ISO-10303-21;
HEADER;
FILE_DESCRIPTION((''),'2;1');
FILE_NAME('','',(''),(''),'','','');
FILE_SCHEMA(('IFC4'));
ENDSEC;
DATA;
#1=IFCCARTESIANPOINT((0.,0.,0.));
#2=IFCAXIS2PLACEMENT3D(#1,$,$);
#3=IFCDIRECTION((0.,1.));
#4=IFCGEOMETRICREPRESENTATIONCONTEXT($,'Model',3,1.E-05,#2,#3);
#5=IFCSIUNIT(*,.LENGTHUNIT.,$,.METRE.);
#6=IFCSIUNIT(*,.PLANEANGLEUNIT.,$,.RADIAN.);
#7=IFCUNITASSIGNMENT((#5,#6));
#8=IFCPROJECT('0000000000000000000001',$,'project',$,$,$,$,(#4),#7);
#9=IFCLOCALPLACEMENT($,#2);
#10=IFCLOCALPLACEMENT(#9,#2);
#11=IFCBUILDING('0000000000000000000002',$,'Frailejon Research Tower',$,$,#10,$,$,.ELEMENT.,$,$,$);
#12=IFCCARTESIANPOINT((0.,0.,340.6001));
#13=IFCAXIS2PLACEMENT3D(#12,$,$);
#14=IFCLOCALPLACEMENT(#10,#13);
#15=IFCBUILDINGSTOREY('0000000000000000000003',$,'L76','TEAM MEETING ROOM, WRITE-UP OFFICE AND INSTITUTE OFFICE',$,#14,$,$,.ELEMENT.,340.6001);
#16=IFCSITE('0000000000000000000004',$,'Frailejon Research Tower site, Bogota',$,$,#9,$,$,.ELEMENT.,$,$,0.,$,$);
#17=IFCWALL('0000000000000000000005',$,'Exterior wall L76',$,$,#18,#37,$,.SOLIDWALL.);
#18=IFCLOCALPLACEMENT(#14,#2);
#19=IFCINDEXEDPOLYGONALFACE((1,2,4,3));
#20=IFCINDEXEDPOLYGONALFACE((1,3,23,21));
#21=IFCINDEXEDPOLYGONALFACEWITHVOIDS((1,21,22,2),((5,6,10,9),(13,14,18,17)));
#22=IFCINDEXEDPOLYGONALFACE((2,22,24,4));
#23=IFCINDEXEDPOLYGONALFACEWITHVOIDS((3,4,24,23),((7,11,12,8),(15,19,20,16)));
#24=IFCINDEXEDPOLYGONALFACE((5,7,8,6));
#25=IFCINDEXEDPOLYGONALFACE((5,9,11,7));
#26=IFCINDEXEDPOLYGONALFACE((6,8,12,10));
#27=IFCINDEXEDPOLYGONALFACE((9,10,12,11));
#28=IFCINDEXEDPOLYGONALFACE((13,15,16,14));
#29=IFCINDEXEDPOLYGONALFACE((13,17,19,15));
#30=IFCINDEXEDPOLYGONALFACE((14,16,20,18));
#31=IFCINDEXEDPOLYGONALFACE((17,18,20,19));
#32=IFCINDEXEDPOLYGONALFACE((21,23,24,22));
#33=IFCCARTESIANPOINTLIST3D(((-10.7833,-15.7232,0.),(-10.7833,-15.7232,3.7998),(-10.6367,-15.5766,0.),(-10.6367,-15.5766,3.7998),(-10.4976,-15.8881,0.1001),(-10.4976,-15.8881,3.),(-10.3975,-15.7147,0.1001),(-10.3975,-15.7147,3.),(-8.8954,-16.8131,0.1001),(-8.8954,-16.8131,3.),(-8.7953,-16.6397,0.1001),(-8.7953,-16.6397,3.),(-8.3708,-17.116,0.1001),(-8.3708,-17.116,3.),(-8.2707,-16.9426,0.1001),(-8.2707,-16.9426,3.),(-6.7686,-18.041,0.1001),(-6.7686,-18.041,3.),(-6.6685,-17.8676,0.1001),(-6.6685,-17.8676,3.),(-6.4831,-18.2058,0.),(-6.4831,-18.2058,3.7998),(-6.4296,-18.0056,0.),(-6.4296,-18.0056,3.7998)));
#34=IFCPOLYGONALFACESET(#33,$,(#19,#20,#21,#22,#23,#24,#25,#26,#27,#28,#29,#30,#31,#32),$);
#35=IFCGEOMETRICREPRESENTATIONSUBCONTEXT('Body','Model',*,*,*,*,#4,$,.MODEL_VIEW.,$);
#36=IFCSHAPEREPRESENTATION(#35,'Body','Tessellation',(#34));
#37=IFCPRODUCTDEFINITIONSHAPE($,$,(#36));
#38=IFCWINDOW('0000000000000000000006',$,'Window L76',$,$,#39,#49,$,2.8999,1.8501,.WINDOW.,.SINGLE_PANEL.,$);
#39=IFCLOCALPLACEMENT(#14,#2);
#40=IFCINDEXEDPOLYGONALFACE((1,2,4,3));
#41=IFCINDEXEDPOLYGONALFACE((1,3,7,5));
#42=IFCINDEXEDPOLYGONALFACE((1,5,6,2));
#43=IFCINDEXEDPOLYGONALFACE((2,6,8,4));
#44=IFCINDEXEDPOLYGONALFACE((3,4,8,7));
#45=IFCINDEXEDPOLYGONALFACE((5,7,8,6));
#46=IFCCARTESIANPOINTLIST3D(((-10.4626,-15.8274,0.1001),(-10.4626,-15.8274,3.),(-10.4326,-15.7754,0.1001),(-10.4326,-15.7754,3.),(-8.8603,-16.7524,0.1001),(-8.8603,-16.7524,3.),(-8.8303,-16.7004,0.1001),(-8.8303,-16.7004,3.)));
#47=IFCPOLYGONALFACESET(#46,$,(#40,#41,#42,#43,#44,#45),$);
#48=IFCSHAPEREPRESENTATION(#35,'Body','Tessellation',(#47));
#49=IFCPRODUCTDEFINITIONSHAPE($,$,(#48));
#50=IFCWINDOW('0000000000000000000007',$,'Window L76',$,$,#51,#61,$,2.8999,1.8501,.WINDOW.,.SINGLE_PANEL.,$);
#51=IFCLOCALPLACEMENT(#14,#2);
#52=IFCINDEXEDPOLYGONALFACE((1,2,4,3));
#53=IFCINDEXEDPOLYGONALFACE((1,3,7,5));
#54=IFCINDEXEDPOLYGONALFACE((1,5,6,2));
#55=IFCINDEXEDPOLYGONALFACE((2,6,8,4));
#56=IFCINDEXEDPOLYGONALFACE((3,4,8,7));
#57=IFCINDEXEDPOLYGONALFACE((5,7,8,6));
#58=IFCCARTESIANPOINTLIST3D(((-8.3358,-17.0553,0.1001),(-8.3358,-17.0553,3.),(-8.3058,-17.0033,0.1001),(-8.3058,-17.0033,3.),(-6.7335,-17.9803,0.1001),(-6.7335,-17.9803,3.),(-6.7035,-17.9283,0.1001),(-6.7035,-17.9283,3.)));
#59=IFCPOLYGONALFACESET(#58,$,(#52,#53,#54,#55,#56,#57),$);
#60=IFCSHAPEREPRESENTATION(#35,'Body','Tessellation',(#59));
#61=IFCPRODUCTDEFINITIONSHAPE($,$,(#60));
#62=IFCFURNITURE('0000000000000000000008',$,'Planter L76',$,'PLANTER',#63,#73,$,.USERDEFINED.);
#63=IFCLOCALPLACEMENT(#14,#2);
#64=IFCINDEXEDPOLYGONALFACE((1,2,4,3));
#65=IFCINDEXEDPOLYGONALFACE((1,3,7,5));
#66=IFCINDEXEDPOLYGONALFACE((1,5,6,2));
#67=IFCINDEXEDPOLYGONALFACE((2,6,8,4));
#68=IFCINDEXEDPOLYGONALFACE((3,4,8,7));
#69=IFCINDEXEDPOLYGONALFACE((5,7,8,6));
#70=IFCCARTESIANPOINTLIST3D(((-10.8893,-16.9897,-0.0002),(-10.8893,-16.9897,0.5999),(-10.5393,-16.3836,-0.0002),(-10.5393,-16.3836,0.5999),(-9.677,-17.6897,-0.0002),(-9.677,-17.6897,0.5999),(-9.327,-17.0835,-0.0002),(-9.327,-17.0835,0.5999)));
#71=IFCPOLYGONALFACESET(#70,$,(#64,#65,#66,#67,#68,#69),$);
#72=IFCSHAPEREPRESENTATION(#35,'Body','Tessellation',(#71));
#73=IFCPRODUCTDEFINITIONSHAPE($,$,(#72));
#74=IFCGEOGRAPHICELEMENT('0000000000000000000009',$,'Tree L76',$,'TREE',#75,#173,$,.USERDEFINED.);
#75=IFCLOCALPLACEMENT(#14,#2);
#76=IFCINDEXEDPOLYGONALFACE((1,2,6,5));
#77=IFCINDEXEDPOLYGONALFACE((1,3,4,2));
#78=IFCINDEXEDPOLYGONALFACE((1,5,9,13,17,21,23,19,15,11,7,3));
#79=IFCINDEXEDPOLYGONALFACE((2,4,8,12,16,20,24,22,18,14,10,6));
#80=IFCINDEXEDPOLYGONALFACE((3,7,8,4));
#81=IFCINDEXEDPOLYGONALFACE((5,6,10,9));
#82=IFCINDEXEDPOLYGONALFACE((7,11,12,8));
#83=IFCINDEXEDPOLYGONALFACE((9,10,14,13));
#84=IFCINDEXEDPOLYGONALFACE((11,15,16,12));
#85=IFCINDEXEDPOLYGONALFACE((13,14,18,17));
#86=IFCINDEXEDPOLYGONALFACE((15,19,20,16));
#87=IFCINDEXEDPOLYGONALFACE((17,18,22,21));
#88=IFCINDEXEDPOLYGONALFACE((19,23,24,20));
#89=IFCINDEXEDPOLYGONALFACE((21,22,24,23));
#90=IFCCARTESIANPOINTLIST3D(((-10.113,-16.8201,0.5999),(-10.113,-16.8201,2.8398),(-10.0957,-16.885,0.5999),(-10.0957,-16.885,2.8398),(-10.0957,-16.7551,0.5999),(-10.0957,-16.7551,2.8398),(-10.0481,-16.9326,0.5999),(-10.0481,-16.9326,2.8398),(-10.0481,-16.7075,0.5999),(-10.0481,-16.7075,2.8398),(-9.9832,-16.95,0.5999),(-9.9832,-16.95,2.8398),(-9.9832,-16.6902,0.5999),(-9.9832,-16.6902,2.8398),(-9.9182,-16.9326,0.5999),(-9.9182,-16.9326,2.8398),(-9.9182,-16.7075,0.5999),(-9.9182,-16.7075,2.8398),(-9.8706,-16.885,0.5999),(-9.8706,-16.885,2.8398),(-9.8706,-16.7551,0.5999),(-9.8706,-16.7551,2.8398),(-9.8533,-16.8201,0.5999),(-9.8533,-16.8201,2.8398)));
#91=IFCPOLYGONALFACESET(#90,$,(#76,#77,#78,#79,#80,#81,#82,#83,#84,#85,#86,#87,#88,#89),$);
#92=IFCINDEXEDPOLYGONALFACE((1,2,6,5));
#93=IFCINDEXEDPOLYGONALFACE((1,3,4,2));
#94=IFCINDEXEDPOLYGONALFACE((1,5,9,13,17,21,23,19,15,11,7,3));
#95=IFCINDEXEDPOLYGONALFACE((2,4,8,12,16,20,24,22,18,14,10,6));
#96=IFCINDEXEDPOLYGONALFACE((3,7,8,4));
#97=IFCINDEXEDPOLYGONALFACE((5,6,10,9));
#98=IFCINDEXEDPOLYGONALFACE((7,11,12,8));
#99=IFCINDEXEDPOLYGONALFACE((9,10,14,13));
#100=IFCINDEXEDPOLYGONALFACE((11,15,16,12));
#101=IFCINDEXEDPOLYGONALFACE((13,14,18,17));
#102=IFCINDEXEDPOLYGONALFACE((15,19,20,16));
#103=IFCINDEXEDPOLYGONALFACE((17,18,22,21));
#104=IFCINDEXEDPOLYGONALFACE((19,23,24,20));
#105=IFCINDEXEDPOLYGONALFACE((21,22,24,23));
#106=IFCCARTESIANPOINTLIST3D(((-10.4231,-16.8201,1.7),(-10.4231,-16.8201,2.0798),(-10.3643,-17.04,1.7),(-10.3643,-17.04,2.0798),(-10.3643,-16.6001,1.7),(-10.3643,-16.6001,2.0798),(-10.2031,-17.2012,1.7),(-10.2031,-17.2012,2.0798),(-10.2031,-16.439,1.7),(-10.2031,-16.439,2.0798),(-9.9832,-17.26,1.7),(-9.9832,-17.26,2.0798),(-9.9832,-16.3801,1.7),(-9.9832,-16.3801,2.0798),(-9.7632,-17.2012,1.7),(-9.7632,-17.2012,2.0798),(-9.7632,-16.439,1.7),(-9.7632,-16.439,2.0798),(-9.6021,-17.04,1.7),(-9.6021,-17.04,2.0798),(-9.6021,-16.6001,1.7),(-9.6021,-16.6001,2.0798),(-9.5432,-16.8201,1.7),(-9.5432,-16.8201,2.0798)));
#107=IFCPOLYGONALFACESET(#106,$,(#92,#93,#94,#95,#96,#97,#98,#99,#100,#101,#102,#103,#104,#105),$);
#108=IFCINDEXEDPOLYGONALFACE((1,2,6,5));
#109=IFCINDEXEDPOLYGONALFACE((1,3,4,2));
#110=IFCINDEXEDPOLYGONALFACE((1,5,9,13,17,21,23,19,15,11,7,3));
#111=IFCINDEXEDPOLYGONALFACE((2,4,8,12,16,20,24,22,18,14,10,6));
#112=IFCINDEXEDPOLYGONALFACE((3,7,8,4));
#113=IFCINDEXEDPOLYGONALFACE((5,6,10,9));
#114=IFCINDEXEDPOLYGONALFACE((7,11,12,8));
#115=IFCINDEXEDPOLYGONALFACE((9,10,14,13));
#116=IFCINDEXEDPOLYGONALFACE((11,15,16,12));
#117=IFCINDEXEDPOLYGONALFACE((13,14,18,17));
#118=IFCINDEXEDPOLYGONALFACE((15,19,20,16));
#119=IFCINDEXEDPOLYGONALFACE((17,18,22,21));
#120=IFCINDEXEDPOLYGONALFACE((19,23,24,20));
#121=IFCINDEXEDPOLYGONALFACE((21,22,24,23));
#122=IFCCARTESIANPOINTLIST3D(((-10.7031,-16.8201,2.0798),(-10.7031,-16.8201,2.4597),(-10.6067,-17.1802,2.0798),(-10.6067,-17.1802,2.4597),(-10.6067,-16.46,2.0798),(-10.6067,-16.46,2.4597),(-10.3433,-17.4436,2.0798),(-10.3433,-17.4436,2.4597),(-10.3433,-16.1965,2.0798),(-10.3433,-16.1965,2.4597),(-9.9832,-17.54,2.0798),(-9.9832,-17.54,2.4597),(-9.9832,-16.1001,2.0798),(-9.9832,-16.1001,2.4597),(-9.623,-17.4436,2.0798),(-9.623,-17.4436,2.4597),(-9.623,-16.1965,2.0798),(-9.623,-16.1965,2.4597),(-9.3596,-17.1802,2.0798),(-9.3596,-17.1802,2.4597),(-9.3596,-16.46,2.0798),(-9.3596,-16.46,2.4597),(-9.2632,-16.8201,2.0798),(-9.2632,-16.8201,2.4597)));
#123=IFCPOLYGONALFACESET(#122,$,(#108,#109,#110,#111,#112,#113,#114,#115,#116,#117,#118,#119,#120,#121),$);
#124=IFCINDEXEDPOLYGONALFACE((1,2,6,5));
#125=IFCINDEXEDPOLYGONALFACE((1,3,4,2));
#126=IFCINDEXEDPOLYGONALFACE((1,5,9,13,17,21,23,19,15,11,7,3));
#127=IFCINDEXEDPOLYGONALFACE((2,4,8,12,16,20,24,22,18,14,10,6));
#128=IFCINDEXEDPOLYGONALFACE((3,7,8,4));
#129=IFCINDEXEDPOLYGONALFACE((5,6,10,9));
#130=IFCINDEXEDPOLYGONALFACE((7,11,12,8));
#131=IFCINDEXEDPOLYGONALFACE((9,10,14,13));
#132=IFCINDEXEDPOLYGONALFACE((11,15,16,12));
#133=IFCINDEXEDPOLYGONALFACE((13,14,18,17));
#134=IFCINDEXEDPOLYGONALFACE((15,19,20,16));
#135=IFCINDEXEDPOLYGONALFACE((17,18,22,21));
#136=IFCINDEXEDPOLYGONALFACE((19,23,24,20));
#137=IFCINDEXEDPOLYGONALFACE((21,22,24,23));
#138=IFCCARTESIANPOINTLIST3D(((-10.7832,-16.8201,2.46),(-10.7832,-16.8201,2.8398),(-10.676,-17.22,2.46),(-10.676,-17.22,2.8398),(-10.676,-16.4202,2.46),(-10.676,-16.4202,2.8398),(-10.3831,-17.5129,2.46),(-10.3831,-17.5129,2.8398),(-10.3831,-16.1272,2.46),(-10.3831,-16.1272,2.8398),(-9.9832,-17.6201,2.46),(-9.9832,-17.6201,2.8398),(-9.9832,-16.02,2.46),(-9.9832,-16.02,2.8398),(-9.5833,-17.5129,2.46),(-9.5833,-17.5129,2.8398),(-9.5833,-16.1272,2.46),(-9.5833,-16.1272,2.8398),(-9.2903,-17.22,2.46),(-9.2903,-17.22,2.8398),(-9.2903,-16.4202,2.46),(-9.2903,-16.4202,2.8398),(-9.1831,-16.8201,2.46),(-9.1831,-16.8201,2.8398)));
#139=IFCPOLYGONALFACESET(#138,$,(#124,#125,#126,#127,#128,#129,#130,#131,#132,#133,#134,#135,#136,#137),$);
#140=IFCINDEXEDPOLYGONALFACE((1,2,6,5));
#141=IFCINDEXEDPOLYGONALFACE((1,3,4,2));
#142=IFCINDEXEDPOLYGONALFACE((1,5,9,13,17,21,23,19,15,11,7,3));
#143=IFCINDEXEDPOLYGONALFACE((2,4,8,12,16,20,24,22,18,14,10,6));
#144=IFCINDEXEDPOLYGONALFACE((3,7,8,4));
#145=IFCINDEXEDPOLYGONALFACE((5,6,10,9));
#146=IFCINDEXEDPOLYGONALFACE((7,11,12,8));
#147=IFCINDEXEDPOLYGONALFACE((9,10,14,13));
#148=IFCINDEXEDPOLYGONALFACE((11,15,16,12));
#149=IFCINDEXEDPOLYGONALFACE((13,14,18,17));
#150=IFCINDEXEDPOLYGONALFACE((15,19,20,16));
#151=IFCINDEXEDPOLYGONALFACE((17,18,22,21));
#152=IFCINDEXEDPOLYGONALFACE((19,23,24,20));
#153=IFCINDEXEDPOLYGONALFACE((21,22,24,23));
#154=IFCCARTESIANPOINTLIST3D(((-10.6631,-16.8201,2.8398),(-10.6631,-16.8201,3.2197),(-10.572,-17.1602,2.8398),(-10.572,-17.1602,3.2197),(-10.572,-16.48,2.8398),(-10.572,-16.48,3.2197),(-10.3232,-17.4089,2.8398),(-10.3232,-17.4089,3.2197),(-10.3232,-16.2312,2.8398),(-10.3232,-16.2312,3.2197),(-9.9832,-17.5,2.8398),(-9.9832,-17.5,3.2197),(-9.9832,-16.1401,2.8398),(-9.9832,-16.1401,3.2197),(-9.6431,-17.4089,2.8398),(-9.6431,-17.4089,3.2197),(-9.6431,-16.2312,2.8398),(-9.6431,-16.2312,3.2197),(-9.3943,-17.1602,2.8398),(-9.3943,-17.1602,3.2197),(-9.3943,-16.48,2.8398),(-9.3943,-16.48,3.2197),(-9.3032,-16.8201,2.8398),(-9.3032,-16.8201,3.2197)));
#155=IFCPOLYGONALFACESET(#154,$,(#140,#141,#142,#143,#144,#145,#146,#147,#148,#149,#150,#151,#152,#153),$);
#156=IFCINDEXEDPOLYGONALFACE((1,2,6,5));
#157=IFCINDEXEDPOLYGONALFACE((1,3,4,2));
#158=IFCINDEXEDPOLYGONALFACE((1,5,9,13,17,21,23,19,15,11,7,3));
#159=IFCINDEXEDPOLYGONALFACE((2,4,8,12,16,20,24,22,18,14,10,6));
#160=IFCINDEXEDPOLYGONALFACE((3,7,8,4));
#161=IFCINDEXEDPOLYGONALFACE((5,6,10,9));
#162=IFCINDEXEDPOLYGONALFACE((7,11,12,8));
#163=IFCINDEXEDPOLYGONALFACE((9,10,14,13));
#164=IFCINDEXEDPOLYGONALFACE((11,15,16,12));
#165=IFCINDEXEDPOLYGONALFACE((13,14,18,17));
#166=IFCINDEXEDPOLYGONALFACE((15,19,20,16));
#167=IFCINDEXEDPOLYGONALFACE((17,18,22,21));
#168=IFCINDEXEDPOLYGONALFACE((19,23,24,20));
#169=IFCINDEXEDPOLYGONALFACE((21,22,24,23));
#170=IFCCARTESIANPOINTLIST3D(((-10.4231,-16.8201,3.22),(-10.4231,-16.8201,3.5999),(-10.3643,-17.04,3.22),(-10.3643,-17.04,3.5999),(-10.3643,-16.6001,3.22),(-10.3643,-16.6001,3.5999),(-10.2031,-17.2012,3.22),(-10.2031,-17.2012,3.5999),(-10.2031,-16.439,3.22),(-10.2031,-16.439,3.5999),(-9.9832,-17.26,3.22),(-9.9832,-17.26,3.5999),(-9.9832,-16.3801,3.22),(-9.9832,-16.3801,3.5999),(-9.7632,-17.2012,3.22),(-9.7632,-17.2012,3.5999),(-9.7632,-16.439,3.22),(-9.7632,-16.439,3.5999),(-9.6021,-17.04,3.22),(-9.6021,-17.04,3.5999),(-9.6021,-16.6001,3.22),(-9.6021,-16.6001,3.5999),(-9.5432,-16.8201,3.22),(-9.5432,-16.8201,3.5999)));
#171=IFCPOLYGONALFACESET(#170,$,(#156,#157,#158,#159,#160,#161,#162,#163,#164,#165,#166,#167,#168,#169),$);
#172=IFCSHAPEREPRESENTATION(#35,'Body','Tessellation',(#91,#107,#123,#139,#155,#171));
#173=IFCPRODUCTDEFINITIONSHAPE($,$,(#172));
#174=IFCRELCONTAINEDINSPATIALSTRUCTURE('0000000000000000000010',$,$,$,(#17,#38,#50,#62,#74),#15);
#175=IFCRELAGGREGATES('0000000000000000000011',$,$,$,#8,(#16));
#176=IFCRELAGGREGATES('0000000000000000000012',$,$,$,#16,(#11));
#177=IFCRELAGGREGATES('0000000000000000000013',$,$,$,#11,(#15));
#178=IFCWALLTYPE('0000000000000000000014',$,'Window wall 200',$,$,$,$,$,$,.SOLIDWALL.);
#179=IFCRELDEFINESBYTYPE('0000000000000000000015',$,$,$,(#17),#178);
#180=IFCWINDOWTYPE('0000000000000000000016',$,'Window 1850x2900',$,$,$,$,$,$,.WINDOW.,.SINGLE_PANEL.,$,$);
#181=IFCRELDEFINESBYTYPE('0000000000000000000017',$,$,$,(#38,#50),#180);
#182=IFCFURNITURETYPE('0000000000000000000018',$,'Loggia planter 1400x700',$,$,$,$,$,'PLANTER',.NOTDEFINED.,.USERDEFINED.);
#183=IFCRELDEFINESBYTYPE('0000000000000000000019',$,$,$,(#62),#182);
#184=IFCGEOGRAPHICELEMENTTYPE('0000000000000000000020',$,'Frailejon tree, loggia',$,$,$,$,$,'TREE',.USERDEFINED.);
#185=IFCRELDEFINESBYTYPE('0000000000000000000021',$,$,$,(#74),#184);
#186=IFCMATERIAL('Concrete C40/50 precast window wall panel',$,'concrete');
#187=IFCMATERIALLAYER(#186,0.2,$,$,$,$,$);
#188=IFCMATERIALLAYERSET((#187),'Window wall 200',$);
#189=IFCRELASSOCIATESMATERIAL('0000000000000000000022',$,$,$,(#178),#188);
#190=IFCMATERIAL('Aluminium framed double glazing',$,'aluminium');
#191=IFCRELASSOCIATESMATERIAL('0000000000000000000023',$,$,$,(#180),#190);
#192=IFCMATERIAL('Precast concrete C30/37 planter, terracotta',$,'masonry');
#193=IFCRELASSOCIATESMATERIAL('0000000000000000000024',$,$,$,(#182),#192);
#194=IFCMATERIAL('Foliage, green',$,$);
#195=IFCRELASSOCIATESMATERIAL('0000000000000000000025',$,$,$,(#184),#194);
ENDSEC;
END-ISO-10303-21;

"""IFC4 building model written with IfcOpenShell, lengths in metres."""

from ifc_helpers import new_model, si_unit, direction, frame, frame_2d, origin, origin_2d, place, context, subcontext, project, spatial, polyline, rectangle, outline, extrude, material, layer, layer_set, type_object, element, fill, save


model = new_model("IFC4")

# Units and contexts
model_context = context("Model", 3, precision=1e-05, world=origin(), true_north=direction((0.0, 1.0)))
body_context = subcontext(model_context, "Body", "Model", "MODEL_VIEW")
ifc_project = project(units=[si_unit("LENGTHUNIT", "METRE"), si_unit("PLANEANGLEUNIT", "RADIAN")], contexts=[model_context])

# Site, building, storey
site_placement = place(None, origin())
site = spatial("IfcSite", under=ifc_project, at=site_placement, Name="Frailejon Research Tower site, Bogota", CompositionType="ELEMENT", RefElevation=0.0)
building_placement = place(site_placement, origin())
building = spatial("IfcBuilding", under=site, at=building_placement, Name="Frailejon Research Tower", CompositionType="ELEMENT")
storey_placement = place(building_placement, frame((0.0, 0.0, 340.6001)))
storey = spatial("IfcBuildingStorey", under=building, at=storey_placement, Name="L76", Description="TEAM MEETING ROOM, WRITE-UP OFFICE AND INSTITUTE OFFICE", CompositionType="ELEMENT", Elevation=340.6001)

# Wall, openings, windows
ifc_material_1 = material(Name="Concrete C40/50 precast window wall panel", Category="concrete")
ifc_layer_1 = layer(ifc_material_1, 0.2)
ifc_layer_set_1 = layer_set([ifc_layer_1], Name="Window wall 200")
wall_type_1 = type_object("IfcWallType", Name="Window wall 200", PredefinedType="SOLIDWALL", material=ifc_layer_set_1)
wall_1_placement = place(storey_placement, frame((-10.71, -15.6499, 0.0), z_axis=(0.0, 0.0, 1.0), x_axis=(0.866029, -0.499994, 0.0)))
wall_1 = element("IfcWall", 1, at=wall_1_placement, inside=storey, type_object=wall_type_1, Name="Exterior wall L76", PredefinedType="SOLIDWALL", context=body_context, shape_type="SweptSolid", body=[
    extrude(outline(polyline([(-0.0269, -0.1001), (1.2144, -0.1001), (2.4558, -0.1001), (3.6973, -0.1001), (4.9385, -0.1001), (4.8848, 0.1001), (3.6704, 0.1001), (2.4558, 0.1001), (1.2412, 0.1001), (0.0269, 0.1001), (-0.0269, -0.1001)])), origin(), (0.0, 0.0, 1.0), 3.7998),
])
opening_1_placement = place(wall_1_placement, frame((0.303, 0.0, 0.1001)))
opening_1 = element("IfcOpeningElement", 2, at=opening_1_placement, cuts=wall_1, PredefinedType="OPENING", context=body_context, shape_type="SweptSolid", body=[
    extrude(rectangle(XDim=1.8501, YDim=2.8999, at=frame_2d((0.925, 1.45))), frame((0.0, 0.1099, 0.0), z_axis=(0.0, -1.0, 0.0), x_axis=(1.0, 0.0, 0.0)), (0.0, 0.0, 1.0), 0.22),
])
opening_2_placement = place(wall_1_placement, frame((2.7588, 0.0, 0.1001)))
opening_2 = element("IfcOpeningElement", 3, at=opening_2_placement, cuts=wall_1, PredefinedType="OPENING", context=body_context, shape_type="SweptSolid", body=[
    extrude(rectangle(XDim=1.8501, YDim=2.8999, at=frame_2d((0.925, 1.45))), frame((0.0, 0.1099, 0.0), z_axis=(0.0, -1.0, 0.0), x_axis=(1.0, 0.0, 0.0)), (0.0, 0.0, 1.0), 0.22),
])
ifc_material_2 = material(Name="Aluminium framed double glazing", Category="aluminium")
window_type = type_object("IfcWindowType", Name="Window 1850x2900", PartitioningType="SINGLE_PANEL", PredefinedType="WINDOW", material=ifc_material_2)
window_1_placement = place(opening_1_placement, origin())
window_1 = element("IfcWindow", 4, at=window_1_placement, inside=storey, type_object=window_type, Name="Window L76", OverallHeight=2.8999, OverallWidth=1.8501, PartitioningType="SINGLE_PANEL", PredefinedType="WINDOW", context=body_context, shape_type="SweptSolid", body=[
    extrude(rectangle(XDim=1.8501, YDim=2.8999, at=frame_2d((0.925, 1.45))), frame((0.0, 0.03, 0.0), z_axis=(0.0, -1.0, 0.0), x_axis=(1.0, 0.0, 0.0)), (0.0, 0.0, 1.0), 0.0601),
])
fill(opening_1, window_1)
window_2_placement = place(opening_2_placement, origin())
window_2 = element("IfcWindow", 5, at=window_2_placement, inside=storey, type_object=window_type, Name="Window L76", OverallHeight=2.8999, OverallWidth=1.8501, PartitioningType="SINGLE_PANEL", PredefinedType="WINDOW", context=body_context, shape_type="SweptSolid", body=[
    extrude(rectangle(XDim=1.8501, YDim=2.8999, at=frame_2d((0.925, 1.45))), frame((0.0, 0.03, 0.0), z_axis=(0.0, -1.0, 0.0), x_axis=(1.0, 0.0, 0.0)), (0.0, 0.0, 1.0), 0.0601),
])
fill(opening_2, window_2)

# Furniture
ifc_material_3 = material(Name="Precast concrete C30/37 planter, terracotta", Category="masonry")
furniture_type = type_object("IfcFurnitureType", Name="Loggia planter 1400x700", ElementType="PLANTER", AssemblyPlace="NOTDEFINED", PredefinedType="USERDEFINED", material=ifc_material_3)
furniture_placement = place(storey_placement, frame((-10.1082, -17.0366, -0.0002), z_axis=(0.0, 0.0, 1.0), x_axis=(0.866025, -0.5, 0.0)))
element("IfcFurniture", 6, at=furniture_placement, inside=storey, type_object=furniture_type, Name="Planter L76", ObjectType="PLANTER", PredefinedType="USERDEFINED", context=body_context, shape_type="SweptSolid", body=[
    extrude(rectangle(XDim=1.3999, YDim=0.7, at=origin_2d()), origin(), (0.0, 0.0, 1.0), 0.6001),
])

# Geographic element
ifc_material_4 = material(Name="Foliage, green")
geographic_element_type = type_object("IfcGeographicElementType", Name="Frailejon tree, loggia", ElementType="TREE", PredefinedType="USERDEFINED", material=ifc_material_4)
geographic_element_placement = place(storey_placement, frame((-9.9832, -16.8201, 0.5999)))
element("IfcGeographicElement", 7, at=geographic_element_placement, inside=storey, type_object=geographic_element_type, Name="Tree L76", ObjectType="TREE", PredefinedType="USERDEFINED", context=body_context, shape_type="SweptSolid", body=[
    extrude(outline(polyline([(0.1299, 0.0), (0.1125, 0.0649), (0.0649, 0.1125), (0.0, 0.1299), (-0.0649, 0.1125), (-0.1125, 0.0649), (-0.1299, 0.0), (-0.1125, -0.0649), (-0.0649, -0.1125), (0.0, -0.1299), (0.0649, -0.1125), (0.1125, -0.0649), (0.1299, 0.0)])), origin(), (0.0, 0.0, 1.0), 2.24),
    extrude(outline(polyline([(0.4399, 0.0), (0.3811, 0.22), (0.22, 0.3811), (0.0, 0.4399), (-0.22, 0.3811), (-0.3811, 0.22), (-0.4399, 0.0), (-0.3811, -0.22), (-0.22, -0.3811), (0.0, -0.4399), (0.22, -0.3811), (0.3811, -0.22), (0.4399, 0.0)])), frame((0.0, 0.0, 1.1001)), (0.0, 0.0, 1.0), 0.3799),
    extrude(outline(polyline([(0.72, 0.0), (0.6235, 0.3601), (0.3601, 0.6235), (0.0, 0.72), (-0.3601, 0.6235), (-0.6235, 0.3601), (-0.72, 0.0), (-0.6235, -0.3601), (-0.3601, -0.6235), (0.0, -0.72), (0.3601, -0.6235), (0.6235, -0.3601), (0.72, 0.0)])), frame((0.0, 0.0, 1.48)), (0.0, 0.0, 1.0), 0.3799),
    extrude(outline(polyline([(0.8, 0.0), (0.6929, 0.3999), (0.3999, 0.6929), (0.0, 0.8), (-0.3999, 0.6929), (-0.6929, 0.3999), (-0.8, 0.0), (-0.6929, -0.3999), (-0.3999, -0.6929), (0.0, -0.8), (0.3999, -0.6929), (0.6929, -0.3999), (0.8, 0.0)])), frame((0.0, 0.0, 1.8601)), (0.0, 0.0, 1.0), 0.3799),
    extrude(outline(polyline([(0.6799, 0.0), (0.5889, 0.3401), (0.3401, 0.5889), (0.0, 0.6799), (-0.3401, 0.5889), (-0.5889, 0.3401), (-0.6799, 0.0), (-0.5889, -0.3401), (-0.3401, -0.5889), (0.0, -0.6799), (0.3401, -0.5889), (0.5889, -0.3401), (0.6799, 0.0)])), frame((0.0, 0.0, 2.24)), (0.0, 0.0, 1.0), 0.3799),
    extrude(outline(polyline([(0.4399, 0.0), (0.3811, 0.22), (0.22, 0.3811), (0.0, 0.4399), (-0.22, 0.3811), (-0.3811, 0.22), (-0.4399, 0.0), (-0.3811, -0.22), (-0.22, -0.3811), (0.0, -0.4399), (0.22, -0.3811), (0.3811, -0.22), (0.4399, 0.0)])), frame((0.0, 0.0, 2.6201)), (0.0, 0.0, 1.0), 0.3799),
])

save(model, "model.ifc")
